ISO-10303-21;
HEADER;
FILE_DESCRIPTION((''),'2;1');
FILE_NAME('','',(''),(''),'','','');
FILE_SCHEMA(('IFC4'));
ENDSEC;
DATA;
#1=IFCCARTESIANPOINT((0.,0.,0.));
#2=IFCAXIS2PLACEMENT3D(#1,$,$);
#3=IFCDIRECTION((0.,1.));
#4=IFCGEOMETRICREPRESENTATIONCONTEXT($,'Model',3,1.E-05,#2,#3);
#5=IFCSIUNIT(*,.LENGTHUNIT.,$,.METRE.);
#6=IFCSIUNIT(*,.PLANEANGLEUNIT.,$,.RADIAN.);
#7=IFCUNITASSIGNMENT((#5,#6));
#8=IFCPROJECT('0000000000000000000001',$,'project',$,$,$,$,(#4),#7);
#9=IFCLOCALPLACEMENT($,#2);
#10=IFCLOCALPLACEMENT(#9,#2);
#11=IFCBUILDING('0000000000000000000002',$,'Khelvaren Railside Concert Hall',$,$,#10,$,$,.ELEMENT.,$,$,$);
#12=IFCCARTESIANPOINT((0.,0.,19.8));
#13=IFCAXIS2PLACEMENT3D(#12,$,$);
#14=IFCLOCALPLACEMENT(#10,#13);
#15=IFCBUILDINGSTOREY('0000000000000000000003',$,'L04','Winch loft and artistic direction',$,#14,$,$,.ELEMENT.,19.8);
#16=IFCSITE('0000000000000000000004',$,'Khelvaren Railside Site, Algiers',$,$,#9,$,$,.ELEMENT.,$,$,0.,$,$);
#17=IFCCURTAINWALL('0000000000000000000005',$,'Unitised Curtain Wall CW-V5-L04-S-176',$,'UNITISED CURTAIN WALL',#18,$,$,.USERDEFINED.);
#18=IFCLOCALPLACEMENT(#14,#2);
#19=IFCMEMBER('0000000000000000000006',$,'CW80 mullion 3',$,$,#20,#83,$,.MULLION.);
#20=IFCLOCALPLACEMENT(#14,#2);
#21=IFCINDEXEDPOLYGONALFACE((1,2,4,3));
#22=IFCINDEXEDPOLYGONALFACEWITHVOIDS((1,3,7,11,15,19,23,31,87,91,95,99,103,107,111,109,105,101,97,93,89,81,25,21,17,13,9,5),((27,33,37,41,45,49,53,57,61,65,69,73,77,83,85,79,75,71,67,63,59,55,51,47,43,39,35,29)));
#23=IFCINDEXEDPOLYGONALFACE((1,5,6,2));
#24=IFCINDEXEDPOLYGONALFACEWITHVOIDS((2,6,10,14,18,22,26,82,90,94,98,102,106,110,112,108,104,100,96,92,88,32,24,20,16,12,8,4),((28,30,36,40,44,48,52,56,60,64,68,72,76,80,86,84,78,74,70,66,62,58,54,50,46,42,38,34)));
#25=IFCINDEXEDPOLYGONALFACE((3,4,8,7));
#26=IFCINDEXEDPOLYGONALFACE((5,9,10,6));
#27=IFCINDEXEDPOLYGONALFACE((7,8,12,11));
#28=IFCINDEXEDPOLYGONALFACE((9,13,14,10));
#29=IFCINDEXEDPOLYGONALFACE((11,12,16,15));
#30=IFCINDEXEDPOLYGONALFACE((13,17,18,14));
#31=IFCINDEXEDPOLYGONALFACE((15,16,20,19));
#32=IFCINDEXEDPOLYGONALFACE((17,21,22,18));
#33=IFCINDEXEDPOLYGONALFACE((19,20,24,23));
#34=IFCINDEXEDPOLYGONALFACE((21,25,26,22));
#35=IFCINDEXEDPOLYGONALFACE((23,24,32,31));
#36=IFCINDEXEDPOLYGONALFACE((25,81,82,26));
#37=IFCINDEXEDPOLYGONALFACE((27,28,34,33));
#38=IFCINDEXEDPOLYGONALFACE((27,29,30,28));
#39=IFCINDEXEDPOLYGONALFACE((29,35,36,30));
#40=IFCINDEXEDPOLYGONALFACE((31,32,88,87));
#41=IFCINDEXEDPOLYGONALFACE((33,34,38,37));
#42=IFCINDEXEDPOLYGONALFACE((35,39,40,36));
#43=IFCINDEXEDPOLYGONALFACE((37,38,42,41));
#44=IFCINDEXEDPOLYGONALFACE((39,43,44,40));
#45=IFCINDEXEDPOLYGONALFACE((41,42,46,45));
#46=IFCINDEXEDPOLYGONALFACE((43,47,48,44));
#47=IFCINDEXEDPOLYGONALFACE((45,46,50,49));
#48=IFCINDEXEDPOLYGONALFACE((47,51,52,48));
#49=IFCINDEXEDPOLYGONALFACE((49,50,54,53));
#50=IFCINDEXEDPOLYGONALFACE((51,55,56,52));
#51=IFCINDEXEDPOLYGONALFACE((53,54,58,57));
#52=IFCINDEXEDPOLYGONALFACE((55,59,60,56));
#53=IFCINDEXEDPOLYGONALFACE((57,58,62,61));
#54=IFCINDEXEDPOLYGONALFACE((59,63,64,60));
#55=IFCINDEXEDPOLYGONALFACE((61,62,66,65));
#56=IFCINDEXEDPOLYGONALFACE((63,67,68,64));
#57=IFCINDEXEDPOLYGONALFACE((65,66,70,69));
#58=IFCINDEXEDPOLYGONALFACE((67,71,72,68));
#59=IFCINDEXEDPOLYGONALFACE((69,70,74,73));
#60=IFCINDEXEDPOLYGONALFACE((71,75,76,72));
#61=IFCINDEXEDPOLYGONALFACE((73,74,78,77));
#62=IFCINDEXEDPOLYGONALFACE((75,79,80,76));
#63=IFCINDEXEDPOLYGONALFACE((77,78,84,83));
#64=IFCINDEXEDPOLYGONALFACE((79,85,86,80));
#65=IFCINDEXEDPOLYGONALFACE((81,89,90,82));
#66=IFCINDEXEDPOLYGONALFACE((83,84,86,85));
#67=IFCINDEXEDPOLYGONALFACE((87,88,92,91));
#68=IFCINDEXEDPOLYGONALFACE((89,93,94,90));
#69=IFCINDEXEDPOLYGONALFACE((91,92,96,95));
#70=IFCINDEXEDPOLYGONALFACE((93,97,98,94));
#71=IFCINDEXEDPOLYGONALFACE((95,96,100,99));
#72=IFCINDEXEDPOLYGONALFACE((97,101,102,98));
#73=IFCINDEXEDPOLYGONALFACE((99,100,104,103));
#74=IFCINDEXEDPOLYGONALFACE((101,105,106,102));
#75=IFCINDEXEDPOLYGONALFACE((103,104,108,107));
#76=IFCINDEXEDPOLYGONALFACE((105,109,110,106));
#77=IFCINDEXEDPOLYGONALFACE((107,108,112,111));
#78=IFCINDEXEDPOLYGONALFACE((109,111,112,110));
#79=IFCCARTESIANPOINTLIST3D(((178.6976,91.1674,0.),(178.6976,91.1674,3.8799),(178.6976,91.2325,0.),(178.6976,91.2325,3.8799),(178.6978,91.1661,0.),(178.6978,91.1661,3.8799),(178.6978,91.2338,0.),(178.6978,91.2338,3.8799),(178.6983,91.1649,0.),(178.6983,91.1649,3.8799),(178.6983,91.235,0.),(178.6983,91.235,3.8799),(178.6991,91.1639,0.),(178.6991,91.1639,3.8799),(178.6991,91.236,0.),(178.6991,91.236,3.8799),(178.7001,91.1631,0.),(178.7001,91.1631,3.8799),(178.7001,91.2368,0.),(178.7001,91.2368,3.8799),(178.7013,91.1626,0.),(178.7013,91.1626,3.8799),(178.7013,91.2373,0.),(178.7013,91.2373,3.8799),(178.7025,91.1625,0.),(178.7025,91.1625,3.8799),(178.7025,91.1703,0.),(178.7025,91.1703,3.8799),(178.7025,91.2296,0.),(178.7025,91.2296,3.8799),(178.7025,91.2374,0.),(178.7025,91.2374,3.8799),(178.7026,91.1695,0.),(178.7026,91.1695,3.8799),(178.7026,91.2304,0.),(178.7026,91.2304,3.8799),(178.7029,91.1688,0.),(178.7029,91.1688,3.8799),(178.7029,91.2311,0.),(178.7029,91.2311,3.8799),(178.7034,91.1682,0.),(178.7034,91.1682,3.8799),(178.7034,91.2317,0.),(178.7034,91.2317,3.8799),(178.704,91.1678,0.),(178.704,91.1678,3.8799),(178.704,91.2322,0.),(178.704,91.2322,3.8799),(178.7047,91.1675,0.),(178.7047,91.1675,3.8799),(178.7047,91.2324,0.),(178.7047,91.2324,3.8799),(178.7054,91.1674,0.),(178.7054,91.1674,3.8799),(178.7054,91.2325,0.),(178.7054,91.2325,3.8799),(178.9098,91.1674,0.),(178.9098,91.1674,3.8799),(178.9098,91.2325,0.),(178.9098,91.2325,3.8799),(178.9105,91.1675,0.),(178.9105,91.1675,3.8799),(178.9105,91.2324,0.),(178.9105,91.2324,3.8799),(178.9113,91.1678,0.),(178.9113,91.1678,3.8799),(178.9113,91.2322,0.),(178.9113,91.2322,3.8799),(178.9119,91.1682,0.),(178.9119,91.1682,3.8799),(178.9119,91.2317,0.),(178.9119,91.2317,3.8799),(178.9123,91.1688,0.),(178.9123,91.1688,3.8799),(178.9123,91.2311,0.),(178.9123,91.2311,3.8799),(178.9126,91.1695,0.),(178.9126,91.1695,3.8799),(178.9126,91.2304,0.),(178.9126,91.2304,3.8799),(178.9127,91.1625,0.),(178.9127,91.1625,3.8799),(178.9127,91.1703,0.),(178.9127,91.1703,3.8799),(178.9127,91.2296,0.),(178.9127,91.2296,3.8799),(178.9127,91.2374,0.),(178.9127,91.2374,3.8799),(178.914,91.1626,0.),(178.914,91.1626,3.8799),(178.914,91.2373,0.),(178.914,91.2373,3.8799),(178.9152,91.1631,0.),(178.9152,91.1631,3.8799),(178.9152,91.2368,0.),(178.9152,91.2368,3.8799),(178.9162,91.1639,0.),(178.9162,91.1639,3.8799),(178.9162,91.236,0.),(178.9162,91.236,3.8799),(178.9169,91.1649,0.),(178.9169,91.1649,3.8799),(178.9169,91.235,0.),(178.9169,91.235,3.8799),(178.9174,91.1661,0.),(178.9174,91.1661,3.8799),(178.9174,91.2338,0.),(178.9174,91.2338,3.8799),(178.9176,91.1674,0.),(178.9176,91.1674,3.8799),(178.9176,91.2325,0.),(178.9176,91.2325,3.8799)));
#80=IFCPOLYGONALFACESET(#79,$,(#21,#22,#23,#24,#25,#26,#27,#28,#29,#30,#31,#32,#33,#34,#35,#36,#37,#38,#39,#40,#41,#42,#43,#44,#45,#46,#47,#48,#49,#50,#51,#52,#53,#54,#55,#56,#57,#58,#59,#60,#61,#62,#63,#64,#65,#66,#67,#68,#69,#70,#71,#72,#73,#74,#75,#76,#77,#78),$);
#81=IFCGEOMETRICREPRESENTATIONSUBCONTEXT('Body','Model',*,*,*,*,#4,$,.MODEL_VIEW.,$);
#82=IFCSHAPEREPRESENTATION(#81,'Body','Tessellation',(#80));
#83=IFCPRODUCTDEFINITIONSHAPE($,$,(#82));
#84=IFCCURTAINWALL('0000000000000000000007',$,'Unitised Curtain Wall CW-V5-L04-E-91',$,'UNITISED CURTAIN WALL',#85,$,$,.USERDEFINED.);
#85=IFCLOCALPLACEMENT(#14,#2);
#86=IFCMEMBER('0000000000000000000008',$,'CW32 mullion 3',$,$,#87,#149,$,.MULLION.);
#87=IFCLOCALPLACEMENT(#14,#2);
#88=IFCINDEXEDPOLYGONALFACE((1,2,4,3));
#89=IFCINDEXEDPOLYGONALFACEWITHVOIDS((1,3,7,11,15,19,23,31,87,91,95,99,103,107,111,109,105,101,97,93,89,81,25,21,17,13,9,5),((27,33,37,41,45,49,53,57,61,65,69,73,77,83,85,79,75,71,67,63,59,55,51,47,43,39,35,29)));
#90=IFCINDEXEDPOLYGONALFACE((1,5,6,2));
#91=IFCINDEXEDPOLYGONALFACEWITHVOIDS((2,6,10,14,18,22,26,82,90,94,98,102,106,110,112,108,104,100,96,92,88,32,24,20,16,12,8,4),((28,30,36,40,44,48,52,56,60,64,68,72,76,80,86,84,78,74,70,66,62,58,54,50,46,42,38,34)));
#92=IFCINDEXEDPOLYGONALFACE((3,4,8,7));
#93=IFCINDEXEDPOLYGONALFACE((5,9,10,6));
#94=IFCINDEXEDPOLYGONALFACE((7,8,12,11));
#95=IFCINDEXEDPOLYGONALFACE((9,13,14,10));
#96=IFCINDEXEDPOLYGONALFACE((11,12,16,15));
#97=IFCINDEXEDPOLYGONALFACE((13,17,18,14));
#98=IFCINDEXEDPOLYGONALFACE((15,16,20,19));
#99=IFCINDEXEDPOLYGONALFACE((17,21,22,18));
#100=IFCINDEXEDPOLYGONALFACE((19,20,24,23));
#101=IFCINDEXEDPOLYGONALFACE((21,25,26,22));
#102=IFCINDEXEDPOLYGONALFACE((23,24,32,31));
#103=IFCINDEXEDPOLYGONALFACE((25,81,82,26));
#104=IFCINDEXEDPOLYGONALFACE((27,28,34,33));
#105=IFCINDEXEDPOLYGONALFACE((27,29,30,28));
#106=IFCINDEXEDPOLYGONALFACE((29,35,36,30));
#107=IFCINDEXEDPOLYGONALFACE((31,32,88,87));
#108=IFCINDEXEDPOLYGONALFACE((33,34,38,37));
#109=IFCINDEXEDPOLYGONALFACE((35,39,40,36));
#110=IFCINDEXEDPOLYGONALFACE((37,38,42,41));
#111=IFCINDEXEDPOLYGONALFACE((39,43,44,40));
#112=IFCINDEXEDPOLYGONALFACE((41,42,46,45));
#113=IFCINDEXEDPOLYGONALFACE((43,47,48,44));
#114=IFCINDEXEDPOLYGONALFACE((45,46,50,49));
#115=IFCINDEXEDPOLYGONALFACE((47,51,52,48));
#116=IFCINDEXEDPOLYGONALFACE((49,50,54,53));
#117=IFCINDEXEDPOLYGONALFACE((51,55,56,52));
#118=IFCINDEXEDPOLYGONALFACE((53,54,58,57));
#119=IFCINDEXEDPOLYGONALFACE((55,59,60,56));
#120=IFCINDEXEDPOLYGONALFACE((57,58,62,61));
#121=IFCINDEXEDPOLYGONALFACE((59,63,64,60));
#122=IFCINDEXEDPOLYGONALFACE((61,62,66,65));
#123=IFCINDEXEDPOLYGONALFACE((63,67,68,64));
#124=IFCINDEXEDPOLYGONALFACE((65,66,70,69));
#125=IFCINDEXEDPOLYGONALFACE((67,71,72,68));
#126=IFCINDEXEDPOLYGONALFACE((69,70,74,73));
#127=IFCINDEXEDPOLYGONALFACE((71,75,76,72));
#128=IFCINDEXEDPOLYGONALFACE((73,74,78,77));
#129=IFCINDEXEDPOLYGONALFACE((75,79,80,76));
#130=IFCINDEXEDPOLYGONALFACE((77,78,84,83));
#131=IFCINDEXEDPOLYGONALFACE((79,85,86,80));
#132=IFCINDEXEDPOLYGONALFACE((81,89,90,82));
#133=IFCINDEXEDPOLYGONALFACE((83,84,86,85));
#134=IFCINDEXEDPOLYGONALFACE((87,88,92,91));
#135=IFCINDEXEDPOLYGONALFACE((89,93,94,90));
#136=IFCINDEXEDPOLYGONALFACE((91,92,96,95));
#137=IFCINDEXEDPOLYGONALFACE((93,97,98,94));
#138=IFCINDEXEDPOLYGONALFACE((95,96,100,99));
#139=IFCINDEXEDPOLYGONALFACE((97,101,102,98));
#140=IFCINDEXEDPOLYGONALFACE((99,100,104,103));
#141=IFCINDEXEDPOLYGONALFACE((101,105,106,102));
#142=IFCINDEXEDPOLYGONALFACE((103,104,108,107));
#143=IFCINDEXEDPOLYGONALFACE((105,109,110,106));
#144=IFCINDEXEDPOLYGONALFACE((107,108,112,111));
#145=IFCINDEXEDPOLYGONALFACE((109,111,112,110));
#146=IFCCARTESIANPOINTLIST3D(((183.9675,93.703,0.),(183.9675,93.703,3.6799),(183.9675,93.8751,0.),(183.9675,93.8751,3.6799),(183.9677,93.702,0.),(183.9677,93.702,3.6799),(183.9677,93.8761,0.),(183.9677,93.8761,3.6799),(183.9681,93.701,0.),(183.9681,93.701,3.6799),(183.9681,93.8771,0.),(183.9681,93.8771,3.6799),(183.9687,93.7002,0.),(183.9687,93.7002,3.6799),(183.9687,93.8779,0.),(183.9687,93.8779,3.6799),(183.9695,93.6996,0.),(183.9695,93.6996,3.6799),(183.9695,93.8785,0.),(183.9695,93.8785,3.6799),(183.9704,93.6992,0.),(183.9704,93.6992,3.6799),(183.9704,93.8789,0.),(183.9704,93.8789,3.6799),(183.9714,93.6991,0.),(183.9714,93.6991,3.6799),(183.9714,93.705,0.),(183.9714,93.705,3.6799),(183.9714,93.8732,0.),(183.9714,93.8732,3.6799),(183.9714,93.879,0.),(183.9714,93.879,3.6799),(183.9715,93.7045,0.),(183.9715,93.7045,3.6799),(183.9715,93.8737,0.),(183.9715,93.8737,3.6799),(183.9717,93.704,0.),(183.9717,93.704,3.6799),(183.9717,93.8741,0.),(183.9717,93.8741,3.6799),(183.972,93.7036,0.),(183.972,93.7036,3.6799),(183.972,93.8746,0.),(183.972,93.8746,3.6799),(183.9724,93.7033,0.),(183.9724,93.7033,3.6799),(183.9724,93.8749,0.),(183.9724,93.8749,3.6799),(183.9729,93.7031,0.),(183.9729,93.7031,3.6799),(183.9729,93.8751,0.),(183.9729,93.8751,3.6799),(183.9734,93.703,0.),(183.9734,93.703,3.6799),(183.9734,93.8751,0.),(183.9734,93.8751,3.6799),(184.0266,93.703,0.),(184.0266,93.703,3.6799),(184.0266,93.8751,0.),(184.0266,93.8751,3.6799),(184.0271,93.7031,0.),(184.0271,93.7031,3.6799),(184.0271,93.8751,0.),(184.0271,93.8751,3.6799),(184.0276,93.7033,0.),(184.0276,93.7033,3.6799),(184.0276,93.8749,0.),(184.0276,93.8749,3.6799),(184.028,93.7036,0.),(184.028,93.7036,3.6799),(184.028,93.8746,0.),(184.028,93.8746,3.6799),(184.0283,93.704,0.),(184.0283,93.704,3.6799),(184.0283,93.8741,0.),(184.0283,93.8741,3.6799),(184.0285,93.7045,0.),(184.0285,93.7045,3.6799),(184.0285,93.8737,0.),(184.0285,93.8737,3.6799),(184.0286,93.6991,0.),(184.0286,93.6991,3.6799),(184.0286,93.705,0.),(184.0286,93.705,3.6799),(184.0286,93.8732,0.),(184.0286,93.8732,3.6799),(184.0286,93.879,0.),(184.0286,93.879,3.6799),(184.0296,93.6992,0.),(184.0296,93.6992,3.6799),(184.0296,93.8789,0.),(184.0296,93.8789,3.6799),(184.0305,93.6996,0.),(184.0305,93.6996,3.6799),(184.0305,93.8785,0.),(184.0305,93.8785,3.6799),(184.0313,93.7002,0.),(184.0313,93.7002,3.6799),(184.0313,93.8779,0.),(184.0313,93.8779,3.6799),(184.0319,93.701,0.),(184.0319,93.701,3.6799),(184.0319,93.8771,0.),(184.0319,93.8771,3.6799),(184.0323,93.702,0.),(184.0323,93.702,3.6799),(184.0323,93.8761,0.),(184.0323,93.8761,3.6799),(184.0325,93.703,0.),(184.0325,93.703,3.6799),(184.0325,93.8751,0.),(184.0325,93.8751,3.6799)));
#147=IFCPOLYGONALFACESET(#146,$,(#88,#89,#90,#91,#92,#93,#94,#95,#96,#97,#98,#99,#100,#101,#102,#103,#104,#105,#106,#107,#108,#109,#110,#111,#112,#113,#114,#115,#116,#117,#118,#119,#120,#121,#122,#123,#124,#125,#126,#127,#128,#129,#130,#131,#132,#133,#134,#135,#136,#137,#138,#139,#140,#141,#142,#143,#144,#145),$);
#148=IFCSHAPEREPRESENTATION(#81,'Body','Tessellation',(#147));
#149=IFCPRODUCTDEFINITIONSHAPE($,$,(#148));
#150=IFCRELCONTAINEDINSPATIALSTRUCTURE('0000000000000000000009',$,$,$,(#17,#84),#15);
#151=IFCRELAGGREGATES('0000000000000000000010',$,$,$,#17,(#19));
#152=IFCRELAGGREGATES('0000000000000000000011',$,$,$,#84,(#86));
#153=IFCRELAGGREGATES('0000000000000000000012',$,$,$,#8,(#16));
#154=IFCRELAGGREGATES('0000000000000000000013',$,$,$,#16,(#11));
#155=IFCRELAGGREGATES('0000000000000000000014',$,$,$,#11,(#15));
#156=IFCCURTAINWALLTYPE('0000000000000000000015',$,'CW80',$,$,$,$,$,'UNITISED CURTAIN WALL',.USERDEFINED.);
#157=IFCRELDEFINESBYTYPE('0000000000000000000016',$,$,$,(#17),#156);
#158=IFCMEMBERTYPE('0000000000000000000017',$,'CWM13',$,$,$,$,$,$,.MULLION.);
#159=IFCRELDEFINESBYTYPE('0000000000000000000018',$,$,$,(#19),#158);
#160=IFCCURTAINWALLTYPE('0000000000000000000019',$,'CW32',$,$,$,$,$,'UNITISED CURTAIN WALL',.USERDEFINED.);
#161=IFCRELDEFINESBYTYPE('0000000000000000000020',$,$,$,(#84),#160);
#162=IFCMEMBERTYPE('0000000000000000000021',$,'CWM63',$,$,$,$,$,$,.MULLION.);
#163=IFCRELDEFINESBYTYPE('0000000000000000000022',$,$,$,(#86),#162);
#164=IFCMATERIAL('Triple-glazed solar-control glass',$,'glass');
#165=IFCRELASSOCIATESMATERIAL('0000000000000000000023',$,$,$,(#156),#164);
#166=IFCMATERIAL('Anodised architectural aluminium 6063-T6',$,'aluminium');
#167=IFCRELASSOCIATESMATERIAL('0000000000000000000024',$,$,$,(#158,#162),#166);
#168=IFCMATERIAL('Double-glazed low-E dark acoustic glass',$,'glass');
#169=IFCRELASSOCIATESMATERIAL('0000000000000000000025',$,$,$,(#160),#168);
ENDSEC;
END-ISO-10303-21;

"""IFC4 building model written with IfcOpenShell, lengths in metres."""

from ifc_helpers import new_model, si_unit, direction, frame, origin, origin_2d, place, context, subcontext, project, spatial, hollow_rectangle, extrude, material, material_profile, profile_set, type_object, element, aggregate, save


model = new_model("IFC4")

# Units and contexts
model_context = context("Model", 3, precision=1e-05, world=origin(), true_north=direction((0.0, 1.0)))
body_context = subcontext(model_context, "Body", "Model", "MODEL_VIEW")
ifc_project = project(units=[si_unit("LENGTHUNIT", "METRE"), si_unit("PLANEANGLEUNIT", "RADIAN")], contexts=[model_context])

# Site, building, storey
site_placement = place(None, origin())
site = spatial("IfcSite", under=ifc_project, at=site_placement, Name="Khelvaren Railside Site, Algiers", CompositionType="ELEMENT", RefElevation=0.0)
building_placement = place(site_placement, origin())
building = spatial("IfcBuilding", under=site, at=building_placement, Name="Khelvaren Railside Concert Hall", CompositionType="ELEMENT")
storey_placement = place(building_placement, frame((0.0, 0.0, 19.8)))
storey = spatial("IfcBuildingStorey", under=building, at=storey_placement, Name="L04", Description="Winch loft and artistic direction", CompositionType="ELEMENT", Elevation=19.8)

# Curtain walls, members
ifc_material_1 = material(Name="Triple-glazed solar-control glass", Category="glass")
curtain_wall_type_1 = type_object("IfcCurtainWallType", Name="CW80", ElementType="UNITISED CURTAIN WALL", PredefinedType="USERDEFINED", material=ifc_material_1)
curtain_wall_1_placement = place(storey_placement, origin())
curtain_wall_1 = element("IfcCurtainWall", 1, at=curtain_wall_1_placement, inside=storey, type_object=curtain_wall_type_1, Name="Unitised Curtain Wall CW-V5-L04-S-176", ObjectType="UNITISED CURTAIN WALL", PredefinedType="USERDEFINED")
ifc_material_2 = material(Name="Anodised architectural aluminium 6063-T6", Category="aluminium")
ifc_material_profile_1 = material_profile(ifc_material_2, hollow_rectangle(XDim=0.075, YDim=0.22, WallThickness=0.0049, InnerFilletRadius=0.0029, OuterFilletRadius=0.0049, at=origin_2d()), Name="CWM 75x220x5")
ifc_profile_set_1 = profile_set([ifc_material_profile_1], Name="Anodised architectural aluminium 6063-T6")
member_type_1 = type_object("IfcMemberType", Name="CWM13", PredefinedType="MULLION", material=ifc_profile_set_1)
member_1_placement = place(storey_placement, frame((178.8076, 91.2, 0.0), z_axis=(0.0, 0.0, 1.0), x_axis=(0.0, -1.0, 0.0)))
member_1 = element("IfcMember", 2, at=member_1_placement, type_object=member_type_1, Name="CW80 mullion 3", PredefinedType="MULLION", context=body_context, shape_type="SweptSolid", body=[
    extrude(hollow_rectangle(XDim=0.075, YDim=0.22, WallThickness=0.0049, InnerFilletRadius=0.0029, OuterFilletRadius=0.0049, at=origin_2d()), origin(), (0.0, 0.0, 1.0), 3.8799),
])
ifc_material_3 = material(Name="Double-glazed low-E dark acoustic glass", Category="glass")
curtain_wall_type_2 = type_object("IfcCurtainWallType", Name="CW32", ElementType="UNITISED CURTAIN WALL", PredefinedType="USERDEFINED", material=ifc_material_3)
curtain_wall_2_placement = place(storey_placement, origin())
curtain_wall_2 = element("IfcCurtainWall", 3, at=curtain_wall_2_placement, inside=storey, type_object=curtain_wall_type_2, Name="Unitised Curtain Wall CW-V5-L04-E-91", ObjectType="UNITISED CURTAIN WALL", PredefinedType="USERDEFINED")
ifc_material_profile_2 = material_profile(ifc_material_2, hollow_rectangle(XDim=0.0649, YDim=0.1799, WallThickness=0.0039, InnerFilletRadius=0.002, OuterFilletRadius=0.0039, at=origin_2d()), Name="CWM 65x180x4")
ifc_profile_set_2 = profile_set([ifc_material_profile_2], Name="Anodised architectural aluminium 6063-T6")
member_type_2 = type_object("IfcMemberType", Name="CWM63", PredefinedType="MULLION", material=ifc_profile_set_2)
member_2_placement = place(storey_placement, frame((184.0, 93.7891, 0.0), z_axis=(0.0, 0.0, 1.0), x_axis=(1.0, 0.0, 0.0)))
member_2 = element("IfcMember", 4, at=member_2_placement, type_object=member_type_2, Name="CW32 mullion 3", PredefinedType="MULLION", context=body_context, shape_type="SweptSolid", body=[
    extrude(hollow_rectangle(XDim=0.0649, YDim=0.1799, WallThickness=0.0039, InnerFilletRadius=0.002, OuterFilletRadius=0.0039, at=origin_2d()), origin(), (0.0, 0.0, 1.0), 3.6799),
])

aggregate(curtain_wall_1, [member_1])
aggregate(curtain_wall_2, [member_2])

save(model, "model.ifc")
